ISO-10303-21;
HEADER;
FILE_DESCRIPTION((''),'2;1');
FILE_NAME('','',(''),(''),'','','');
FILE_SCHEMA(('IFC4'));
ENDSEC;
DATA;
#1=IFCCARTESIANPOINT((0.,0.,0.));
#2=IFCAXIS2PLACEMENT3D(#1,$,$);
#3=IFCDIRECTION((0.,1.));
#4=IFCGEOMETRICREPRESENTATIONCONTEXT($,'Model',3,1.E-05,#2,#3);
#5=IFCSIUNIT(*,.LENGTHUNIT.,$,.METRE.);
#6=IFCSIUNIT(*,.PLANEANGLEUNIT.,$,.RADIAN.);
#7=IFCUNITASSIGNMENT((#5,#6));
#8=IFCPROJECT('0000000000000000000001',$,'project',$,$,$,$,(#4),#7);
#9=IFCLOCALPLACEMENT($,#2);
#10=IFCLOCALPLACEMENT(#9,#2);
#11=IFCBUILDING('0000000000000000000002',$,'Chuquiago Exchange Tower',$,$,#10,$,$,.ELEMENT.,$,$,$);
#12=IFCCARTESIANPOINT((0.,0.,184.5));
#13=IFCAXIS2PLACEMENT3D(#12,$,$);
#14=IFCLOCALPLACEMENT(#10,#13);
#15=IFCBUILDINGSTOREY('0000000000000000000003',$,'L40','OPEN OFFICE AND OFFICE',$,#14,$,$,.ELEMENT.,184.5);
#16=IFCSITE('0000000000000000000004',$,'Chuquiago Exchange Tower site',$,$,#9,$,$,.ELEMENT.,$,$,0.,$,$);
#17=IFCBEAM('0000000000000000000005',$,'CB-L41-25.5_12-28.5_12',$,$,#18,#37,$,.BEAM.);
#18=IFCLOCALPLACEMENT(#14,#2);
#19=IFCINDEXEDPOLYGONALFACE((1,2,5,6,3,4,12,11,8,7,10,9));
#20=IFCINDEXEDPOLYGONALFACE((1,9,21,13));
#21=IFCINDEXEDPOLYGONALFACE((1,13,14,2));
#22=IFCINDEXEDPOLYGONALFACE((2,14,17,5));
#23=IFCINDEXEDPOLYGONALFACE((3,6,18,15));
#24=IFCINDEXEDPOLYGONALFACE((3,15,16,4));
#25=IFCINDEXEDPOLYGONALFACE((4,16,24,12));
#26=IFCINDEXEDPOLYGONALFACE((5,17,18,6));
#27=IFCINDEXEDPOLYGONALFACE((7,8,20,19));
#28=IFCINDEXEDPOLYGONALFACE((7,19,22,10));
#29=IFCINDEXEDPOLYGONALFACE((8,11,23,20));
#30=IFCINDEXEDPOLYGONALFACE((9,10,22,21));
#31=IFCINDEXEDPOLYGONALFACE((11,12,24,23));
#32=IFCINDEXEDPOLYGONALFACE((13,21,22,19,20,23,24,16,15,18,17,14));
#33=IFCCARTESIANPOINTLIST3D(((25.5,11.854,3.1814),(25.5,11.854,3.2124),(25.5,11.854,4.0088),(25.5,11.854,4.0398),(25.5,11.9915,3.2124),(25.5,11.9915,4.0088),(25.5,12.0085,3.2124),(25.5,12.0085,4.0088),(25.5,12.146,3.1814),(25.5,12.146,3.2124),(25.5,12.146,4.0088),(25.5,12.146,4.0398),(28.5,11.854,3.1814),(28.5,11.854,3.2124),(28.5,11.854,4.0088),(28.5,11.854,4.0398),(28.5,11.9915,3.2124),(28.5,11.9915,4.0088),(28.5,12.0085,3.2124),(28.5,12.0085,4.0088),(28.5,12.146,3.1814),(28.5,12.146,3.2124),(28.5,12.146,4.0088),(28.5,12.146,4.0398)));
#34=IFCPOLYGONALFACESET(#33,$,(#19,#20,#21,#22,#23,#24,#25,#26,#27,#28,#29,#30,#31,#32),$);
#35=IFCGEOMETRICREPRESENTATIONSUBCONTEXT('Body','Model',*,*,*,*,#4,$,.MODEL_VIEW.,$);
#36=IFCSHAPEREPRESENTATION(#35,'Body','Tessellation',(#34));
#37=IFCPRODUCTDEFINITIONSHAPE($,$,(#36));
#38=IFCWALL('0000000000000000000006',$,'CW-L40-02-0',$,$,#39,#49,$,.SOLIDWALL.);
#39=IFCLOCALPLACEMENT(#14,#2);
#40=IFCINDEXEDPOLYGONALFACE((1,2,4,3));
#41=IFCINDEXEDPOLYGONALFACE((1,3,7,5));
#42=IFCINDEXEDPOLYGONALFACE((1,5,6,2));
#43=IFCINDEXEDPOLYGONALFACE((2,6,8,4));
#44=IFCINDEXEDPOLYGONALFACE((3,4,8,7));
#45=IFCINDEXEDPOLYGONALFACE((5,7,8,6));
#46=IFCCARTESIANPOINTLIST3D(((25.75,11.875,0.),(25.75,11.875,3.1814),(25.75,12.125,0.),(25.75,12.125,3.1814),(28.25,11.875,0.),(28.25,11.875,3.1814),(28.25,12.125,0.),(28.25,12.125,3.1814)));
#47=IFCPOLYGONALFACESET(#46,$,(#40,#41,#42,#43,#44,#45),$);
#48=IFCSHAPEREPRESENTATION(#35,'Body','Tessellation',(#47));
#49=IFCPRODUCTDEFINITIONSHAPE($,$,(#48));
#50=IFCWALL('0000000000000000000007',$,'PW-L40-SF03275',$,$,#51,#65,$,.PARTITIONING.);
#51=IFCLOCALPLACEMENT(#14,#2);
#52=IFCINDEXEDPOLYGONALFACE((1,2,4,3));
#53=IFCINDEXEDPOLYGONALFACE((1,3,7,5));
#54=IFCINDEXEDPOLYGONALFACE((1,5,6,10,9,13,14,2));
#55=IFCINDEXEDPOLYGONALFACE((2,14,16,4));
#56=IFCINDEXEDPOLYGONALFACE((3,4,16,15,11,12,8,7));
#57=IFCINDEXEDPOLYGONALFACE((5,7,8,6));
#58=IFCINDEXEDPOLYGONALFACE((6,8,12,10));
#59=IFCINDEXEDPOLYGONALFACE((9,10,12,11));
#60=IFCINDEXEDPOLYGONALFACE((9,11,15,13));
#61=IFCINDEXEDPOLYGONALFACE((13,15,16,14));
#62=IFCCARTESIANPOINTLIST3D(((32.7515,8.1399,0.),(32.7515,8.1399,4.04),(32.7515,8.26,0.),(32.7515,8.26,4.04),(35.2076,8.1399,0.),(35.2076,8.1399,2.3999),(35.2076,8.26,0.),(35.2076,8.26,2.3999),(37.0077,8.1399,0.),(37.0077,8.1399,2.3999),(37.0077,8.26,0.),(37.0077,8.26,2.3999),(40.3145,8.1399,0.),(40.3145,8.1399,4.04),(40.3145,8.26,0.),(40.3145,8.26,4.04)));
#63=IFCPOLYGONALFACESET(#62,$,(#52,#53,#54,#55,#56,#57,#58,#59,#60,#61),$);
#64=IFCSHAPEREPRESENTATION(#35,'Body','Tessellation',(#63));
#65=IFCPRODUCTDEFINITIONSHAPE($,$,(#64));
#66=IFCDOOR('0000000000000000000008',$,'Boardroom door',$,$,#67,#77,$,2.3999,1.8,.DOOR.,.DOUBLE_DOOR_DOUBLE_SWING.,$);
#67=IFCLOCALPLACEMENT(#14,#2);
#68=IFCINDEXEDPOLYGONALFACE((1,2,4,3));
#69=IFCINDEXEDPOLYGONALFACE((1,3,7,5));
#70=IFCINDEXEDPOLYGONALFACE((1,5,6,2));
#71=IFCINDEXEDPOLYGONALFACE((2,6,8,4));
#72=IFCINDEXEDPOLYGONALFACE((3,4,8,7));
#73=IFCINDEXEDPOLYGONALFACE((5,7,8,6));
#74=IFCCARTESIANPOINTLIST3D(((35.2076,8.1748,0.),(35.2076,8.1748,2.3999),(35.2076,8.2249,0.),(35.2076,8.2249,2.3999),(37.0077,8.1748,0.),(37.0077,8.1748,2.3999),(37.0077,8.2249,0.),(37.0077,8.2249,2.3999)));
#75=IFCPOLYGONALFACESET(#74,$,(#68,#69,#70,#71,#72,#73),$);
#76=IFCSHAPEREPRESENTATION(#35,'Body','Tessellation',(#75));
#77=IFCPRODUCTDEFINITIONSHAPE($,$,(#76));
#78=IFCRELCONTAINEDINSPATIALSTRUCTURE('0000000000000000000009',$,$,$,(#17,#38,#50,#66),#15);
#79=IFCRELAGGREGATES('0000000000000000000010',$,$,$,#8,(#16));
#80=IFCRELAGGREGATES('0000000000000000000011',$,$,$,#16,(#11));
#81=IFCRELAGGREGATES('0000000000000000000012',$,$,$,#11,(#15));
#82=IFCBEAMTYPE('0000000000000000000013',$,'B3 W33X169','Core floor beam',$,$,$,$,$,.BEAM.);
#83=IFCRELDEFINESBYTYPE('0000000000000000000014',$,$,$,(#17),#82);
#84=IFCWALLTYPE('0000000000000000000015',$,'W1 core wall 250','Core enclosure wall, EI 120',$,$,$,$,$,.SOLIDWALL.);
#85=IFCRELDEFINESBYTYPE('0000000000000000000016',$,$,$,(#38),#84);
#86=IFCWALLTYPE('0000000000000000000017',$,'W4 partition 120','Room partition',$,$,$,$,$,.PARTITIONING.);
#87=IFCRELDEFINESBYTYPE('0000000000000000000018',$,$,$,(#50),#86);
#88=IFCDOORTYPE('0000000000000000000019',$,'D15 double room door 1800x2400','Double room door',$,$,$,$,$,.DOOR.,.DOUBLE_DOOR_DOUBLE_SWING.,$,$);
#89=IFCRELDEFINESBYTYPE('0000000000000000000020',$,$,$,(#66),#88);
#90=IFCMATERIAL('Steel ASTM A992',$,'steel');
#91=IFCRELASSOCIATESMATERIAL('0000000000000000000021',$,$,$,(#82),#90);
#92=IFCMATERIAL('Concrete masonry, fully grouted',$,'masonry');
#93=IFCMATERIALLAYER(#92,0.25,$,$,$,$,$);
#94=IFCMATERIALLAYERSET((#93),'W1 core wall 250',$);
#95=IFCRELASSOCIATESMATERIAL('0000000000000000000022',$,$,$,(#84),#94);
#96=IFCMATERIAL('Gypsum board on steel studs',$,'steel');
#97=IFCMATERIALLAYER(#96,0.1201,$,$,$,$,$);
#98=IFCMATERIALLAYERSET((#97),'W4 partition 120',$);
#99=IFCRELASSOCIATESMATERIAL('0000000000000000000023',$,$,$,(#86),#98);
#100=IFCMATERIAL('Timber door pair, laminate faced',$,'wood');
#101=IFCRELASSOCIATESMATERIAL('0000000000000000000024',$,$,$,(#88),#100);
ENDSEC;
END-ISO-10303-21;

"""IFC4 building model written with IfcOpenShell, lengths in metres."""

from ifc_helpers import new_model, si_unit, direction, frame, frame_2d, origin, origin_2d, place, context, subcontext, project, spatial, rectangle, i_section, extrude, material, layer, layer_set, material_profile, profile_set, type_object, element, fill, save


model = new_model("IFC4")

# Units and contexts
model_context = context("Model", 3, precision=1e-05, world=origin(), true_north=direction((0.0, 1.0)))
body_context = subcontext(model_context, "Body", "Model", "MODEL_VIEW")
ifc_project = project(units=[si_unit("LENGTHUNIT", "METRE"), si_unit("PLANEANGLEUNIT", "RADIAN")], contexts=[model_context])

# Site, building, storey
site_placement = place(None, origin())
site = spatial("IfcSite", under=ifc_project, at=site_placement, Name="Chuquiago Exchange Tower site", CompositionType="ELEMENT", RefElevation=0.0)
building_placement = place(site_placement, origin())
building = spatial("IfcBuilding", under=site, at=building_placement, Name="Chuquiago Exchange Tower", CompositionType="ELEMENT")
storey_placement = place(building_placement, frame((0.0, 0.0, 184.5)))
storey = spatial("IfcBuildingStorey", under=building, at=storey_placement, Name="L40", Description="OPEN OFFICE AND OFFICE", CompositionType="ELEMENT", Elevation=184.5)

# Beam
ifc_material_1 = material(Name="Steel ASTM A992", Category="steel")
ifc_material_profile_1 = material_profile(ifc_material_1, i_section(OverallWidth=0.292, OverallDepth=0.8584, WebThickness=0.0171, FlangeThickness=0.031, at=origin_2d()), Name="W33X169")
ifc_profile_set_1 = profile_set([ifc_material_profile_1], Name="Steel ASTM A992")
beam_type_1 = type_object("IfcBeamType", Name="B3 W33X169", Description="Core floor beam", PredefinedType="BEAM", material=ifc_profile_set_1)
beam_1_placement = place(storey_placement, frame((25.5, 12.0, 3.6106), z_axis=(1.0, 0.0, 0.0), x_axis=(0.0, 1.0, 0.0)))
element("IfcBeam", 1, at=beam_1_placement, inside=storey, type_object=beam_type_1, Name="CB-L41-25.5_12-28.5_12", PredefinedType="BEAM", context=body_context, shape_type="SweptSolid", body=[
    extrude(i_section(OverallWidth=0.292, OverallDepth=0.8584, WebThickness=0.0171, FlangeThickness=0.031, at=origin_2d()), origin(), (0.0, 0.0, 1.0), 3.0),
])

# Wall
ifc_material_2 = material(Name="Concrete masonry, fully grouted", Category="masonry")
ifc_layer_1 = layer(ifc_material_2, 0.25)
ifc_layer_set_1 = layer_set([ifc_layer_1], Name="W1 core wall 250")
wall_type_1 = type_object("IfcWallType", Name="W1 core wall 250", Description="Core enclosure wall, EI 120", PredefinedType="SOLIDWALL", material=ifc_layer_set_1)
wall_1_placement = place(storey_placement, frame((25.75, 12.0, 0.0), z_axis=(0.0, 0.0, 1.0), x_axis=(1.0, 0.0, 0.0)))
element("IfcWall", 2, at=wall_1_placement, inside=storey, type_object=wall_type_1, Name="CW-L40-02-0", PredefinedType="SOLIDWALL", context=body_context, shape_type="SweptSolid", body=[
    extrude(rectangle(XDim=2.5, YDim=0.25, at=frame_2d((1.25, 0.0))), origin(), (0.0, 0.0, 1.0), 3.1814),
])

# Wall, opening, door
ifc_material_3 = material(Name="Gypsum board on steel studs", Category="steel")
ifc_layer_2 = layer(ifc_material_3, 0.1201)
ifc_layer_set_2 = layer_set([ifc_layer_2], Name="W4 partition 120")
wall_type_2 = type_object("IfcWallType", Name="W4 partition 120", Description="Room partition", PredefinedType="PARTITIONING", material=ifc_layer_set_2)
wall_2_placement = place(storey_placement, frame((32.7515, 8.2, 0.0), z_axis=(0.0, 0.0, 1.0), x_axis=(1.0, 0.0, 0.0)))
wall_2 = element("IfcWall", 3, at=wall_2_placement, inside=storey, type_object=wall_type_2, Name="PW-L40-SF03275", PredefinedType="PARTITIONING", context=body_context, shape_type="SweptSolid", body=[
    extrude(rectangle(XDim=7.563, YDim=0.1201, at=frame_2d((3.7815, 0.0))), origin(), (0.0, 0.0, 1.0), 4.04),
])
opening_1_placement = place(wall_2_placement, frame((2.4563, 0.0, 0.0)))
opening_1 = element("IfcOpeningElement", 4, at=opening_1_placement, cuts=wall_2, PredefinedType="OPENING", context=body_context, shape_type="SweptSolid", body=[
    extrude(rectangle(XDim=1.8, YDim=2.3999, at=frame_2d((0.8999, 1.2))), frame((0.0, 0.0701, 0.0), z_axis=(0.0, -1.0, 0.0), x_axis=(1.0, 0.0, 0.0)), (0.0, 0.0, 1.0), 0.1401),
])
ifc_material_4 = material(Name="Timber door pair, laminate faced", Category="wood")
door_type_1 = type_object("IfcDoorType", Name="D15 double room door 1800x2400", Description="Double room door", OperationType="DOUBLE_DOOR_DOUBLE_SWING", PredefinedType="DOOR", material=ifc_material_4)
door_1_placement = place(opening_1_placement, origin())
door_1 = element("IfcDoor", 5, at=door_1_placement, inside=storey, type_object=door_type_1, Name="Boardroom door", OperationType="DOUBLE_DOOR_DOUBLE_SWING", OverallHeight=2.3999, OverallWidth=1.8, PredefinedType="DOOR", context=body_context, shape_type="SweptSolid", body=[
    extrude(rectangle(XDim=1.8, YDim=2.3999, at=frame_2d((0.8999, 1.2))), frame((0.0, 0.0249, 0.0), z_axis=(0.0, -1.0, 0.0), x_axis=(1.0, 0.0, 0.0)), (0.0, 0.0, 1.0), 0.05),
])
fill(opening_1, door_1)

save(model, "model.ifc")
